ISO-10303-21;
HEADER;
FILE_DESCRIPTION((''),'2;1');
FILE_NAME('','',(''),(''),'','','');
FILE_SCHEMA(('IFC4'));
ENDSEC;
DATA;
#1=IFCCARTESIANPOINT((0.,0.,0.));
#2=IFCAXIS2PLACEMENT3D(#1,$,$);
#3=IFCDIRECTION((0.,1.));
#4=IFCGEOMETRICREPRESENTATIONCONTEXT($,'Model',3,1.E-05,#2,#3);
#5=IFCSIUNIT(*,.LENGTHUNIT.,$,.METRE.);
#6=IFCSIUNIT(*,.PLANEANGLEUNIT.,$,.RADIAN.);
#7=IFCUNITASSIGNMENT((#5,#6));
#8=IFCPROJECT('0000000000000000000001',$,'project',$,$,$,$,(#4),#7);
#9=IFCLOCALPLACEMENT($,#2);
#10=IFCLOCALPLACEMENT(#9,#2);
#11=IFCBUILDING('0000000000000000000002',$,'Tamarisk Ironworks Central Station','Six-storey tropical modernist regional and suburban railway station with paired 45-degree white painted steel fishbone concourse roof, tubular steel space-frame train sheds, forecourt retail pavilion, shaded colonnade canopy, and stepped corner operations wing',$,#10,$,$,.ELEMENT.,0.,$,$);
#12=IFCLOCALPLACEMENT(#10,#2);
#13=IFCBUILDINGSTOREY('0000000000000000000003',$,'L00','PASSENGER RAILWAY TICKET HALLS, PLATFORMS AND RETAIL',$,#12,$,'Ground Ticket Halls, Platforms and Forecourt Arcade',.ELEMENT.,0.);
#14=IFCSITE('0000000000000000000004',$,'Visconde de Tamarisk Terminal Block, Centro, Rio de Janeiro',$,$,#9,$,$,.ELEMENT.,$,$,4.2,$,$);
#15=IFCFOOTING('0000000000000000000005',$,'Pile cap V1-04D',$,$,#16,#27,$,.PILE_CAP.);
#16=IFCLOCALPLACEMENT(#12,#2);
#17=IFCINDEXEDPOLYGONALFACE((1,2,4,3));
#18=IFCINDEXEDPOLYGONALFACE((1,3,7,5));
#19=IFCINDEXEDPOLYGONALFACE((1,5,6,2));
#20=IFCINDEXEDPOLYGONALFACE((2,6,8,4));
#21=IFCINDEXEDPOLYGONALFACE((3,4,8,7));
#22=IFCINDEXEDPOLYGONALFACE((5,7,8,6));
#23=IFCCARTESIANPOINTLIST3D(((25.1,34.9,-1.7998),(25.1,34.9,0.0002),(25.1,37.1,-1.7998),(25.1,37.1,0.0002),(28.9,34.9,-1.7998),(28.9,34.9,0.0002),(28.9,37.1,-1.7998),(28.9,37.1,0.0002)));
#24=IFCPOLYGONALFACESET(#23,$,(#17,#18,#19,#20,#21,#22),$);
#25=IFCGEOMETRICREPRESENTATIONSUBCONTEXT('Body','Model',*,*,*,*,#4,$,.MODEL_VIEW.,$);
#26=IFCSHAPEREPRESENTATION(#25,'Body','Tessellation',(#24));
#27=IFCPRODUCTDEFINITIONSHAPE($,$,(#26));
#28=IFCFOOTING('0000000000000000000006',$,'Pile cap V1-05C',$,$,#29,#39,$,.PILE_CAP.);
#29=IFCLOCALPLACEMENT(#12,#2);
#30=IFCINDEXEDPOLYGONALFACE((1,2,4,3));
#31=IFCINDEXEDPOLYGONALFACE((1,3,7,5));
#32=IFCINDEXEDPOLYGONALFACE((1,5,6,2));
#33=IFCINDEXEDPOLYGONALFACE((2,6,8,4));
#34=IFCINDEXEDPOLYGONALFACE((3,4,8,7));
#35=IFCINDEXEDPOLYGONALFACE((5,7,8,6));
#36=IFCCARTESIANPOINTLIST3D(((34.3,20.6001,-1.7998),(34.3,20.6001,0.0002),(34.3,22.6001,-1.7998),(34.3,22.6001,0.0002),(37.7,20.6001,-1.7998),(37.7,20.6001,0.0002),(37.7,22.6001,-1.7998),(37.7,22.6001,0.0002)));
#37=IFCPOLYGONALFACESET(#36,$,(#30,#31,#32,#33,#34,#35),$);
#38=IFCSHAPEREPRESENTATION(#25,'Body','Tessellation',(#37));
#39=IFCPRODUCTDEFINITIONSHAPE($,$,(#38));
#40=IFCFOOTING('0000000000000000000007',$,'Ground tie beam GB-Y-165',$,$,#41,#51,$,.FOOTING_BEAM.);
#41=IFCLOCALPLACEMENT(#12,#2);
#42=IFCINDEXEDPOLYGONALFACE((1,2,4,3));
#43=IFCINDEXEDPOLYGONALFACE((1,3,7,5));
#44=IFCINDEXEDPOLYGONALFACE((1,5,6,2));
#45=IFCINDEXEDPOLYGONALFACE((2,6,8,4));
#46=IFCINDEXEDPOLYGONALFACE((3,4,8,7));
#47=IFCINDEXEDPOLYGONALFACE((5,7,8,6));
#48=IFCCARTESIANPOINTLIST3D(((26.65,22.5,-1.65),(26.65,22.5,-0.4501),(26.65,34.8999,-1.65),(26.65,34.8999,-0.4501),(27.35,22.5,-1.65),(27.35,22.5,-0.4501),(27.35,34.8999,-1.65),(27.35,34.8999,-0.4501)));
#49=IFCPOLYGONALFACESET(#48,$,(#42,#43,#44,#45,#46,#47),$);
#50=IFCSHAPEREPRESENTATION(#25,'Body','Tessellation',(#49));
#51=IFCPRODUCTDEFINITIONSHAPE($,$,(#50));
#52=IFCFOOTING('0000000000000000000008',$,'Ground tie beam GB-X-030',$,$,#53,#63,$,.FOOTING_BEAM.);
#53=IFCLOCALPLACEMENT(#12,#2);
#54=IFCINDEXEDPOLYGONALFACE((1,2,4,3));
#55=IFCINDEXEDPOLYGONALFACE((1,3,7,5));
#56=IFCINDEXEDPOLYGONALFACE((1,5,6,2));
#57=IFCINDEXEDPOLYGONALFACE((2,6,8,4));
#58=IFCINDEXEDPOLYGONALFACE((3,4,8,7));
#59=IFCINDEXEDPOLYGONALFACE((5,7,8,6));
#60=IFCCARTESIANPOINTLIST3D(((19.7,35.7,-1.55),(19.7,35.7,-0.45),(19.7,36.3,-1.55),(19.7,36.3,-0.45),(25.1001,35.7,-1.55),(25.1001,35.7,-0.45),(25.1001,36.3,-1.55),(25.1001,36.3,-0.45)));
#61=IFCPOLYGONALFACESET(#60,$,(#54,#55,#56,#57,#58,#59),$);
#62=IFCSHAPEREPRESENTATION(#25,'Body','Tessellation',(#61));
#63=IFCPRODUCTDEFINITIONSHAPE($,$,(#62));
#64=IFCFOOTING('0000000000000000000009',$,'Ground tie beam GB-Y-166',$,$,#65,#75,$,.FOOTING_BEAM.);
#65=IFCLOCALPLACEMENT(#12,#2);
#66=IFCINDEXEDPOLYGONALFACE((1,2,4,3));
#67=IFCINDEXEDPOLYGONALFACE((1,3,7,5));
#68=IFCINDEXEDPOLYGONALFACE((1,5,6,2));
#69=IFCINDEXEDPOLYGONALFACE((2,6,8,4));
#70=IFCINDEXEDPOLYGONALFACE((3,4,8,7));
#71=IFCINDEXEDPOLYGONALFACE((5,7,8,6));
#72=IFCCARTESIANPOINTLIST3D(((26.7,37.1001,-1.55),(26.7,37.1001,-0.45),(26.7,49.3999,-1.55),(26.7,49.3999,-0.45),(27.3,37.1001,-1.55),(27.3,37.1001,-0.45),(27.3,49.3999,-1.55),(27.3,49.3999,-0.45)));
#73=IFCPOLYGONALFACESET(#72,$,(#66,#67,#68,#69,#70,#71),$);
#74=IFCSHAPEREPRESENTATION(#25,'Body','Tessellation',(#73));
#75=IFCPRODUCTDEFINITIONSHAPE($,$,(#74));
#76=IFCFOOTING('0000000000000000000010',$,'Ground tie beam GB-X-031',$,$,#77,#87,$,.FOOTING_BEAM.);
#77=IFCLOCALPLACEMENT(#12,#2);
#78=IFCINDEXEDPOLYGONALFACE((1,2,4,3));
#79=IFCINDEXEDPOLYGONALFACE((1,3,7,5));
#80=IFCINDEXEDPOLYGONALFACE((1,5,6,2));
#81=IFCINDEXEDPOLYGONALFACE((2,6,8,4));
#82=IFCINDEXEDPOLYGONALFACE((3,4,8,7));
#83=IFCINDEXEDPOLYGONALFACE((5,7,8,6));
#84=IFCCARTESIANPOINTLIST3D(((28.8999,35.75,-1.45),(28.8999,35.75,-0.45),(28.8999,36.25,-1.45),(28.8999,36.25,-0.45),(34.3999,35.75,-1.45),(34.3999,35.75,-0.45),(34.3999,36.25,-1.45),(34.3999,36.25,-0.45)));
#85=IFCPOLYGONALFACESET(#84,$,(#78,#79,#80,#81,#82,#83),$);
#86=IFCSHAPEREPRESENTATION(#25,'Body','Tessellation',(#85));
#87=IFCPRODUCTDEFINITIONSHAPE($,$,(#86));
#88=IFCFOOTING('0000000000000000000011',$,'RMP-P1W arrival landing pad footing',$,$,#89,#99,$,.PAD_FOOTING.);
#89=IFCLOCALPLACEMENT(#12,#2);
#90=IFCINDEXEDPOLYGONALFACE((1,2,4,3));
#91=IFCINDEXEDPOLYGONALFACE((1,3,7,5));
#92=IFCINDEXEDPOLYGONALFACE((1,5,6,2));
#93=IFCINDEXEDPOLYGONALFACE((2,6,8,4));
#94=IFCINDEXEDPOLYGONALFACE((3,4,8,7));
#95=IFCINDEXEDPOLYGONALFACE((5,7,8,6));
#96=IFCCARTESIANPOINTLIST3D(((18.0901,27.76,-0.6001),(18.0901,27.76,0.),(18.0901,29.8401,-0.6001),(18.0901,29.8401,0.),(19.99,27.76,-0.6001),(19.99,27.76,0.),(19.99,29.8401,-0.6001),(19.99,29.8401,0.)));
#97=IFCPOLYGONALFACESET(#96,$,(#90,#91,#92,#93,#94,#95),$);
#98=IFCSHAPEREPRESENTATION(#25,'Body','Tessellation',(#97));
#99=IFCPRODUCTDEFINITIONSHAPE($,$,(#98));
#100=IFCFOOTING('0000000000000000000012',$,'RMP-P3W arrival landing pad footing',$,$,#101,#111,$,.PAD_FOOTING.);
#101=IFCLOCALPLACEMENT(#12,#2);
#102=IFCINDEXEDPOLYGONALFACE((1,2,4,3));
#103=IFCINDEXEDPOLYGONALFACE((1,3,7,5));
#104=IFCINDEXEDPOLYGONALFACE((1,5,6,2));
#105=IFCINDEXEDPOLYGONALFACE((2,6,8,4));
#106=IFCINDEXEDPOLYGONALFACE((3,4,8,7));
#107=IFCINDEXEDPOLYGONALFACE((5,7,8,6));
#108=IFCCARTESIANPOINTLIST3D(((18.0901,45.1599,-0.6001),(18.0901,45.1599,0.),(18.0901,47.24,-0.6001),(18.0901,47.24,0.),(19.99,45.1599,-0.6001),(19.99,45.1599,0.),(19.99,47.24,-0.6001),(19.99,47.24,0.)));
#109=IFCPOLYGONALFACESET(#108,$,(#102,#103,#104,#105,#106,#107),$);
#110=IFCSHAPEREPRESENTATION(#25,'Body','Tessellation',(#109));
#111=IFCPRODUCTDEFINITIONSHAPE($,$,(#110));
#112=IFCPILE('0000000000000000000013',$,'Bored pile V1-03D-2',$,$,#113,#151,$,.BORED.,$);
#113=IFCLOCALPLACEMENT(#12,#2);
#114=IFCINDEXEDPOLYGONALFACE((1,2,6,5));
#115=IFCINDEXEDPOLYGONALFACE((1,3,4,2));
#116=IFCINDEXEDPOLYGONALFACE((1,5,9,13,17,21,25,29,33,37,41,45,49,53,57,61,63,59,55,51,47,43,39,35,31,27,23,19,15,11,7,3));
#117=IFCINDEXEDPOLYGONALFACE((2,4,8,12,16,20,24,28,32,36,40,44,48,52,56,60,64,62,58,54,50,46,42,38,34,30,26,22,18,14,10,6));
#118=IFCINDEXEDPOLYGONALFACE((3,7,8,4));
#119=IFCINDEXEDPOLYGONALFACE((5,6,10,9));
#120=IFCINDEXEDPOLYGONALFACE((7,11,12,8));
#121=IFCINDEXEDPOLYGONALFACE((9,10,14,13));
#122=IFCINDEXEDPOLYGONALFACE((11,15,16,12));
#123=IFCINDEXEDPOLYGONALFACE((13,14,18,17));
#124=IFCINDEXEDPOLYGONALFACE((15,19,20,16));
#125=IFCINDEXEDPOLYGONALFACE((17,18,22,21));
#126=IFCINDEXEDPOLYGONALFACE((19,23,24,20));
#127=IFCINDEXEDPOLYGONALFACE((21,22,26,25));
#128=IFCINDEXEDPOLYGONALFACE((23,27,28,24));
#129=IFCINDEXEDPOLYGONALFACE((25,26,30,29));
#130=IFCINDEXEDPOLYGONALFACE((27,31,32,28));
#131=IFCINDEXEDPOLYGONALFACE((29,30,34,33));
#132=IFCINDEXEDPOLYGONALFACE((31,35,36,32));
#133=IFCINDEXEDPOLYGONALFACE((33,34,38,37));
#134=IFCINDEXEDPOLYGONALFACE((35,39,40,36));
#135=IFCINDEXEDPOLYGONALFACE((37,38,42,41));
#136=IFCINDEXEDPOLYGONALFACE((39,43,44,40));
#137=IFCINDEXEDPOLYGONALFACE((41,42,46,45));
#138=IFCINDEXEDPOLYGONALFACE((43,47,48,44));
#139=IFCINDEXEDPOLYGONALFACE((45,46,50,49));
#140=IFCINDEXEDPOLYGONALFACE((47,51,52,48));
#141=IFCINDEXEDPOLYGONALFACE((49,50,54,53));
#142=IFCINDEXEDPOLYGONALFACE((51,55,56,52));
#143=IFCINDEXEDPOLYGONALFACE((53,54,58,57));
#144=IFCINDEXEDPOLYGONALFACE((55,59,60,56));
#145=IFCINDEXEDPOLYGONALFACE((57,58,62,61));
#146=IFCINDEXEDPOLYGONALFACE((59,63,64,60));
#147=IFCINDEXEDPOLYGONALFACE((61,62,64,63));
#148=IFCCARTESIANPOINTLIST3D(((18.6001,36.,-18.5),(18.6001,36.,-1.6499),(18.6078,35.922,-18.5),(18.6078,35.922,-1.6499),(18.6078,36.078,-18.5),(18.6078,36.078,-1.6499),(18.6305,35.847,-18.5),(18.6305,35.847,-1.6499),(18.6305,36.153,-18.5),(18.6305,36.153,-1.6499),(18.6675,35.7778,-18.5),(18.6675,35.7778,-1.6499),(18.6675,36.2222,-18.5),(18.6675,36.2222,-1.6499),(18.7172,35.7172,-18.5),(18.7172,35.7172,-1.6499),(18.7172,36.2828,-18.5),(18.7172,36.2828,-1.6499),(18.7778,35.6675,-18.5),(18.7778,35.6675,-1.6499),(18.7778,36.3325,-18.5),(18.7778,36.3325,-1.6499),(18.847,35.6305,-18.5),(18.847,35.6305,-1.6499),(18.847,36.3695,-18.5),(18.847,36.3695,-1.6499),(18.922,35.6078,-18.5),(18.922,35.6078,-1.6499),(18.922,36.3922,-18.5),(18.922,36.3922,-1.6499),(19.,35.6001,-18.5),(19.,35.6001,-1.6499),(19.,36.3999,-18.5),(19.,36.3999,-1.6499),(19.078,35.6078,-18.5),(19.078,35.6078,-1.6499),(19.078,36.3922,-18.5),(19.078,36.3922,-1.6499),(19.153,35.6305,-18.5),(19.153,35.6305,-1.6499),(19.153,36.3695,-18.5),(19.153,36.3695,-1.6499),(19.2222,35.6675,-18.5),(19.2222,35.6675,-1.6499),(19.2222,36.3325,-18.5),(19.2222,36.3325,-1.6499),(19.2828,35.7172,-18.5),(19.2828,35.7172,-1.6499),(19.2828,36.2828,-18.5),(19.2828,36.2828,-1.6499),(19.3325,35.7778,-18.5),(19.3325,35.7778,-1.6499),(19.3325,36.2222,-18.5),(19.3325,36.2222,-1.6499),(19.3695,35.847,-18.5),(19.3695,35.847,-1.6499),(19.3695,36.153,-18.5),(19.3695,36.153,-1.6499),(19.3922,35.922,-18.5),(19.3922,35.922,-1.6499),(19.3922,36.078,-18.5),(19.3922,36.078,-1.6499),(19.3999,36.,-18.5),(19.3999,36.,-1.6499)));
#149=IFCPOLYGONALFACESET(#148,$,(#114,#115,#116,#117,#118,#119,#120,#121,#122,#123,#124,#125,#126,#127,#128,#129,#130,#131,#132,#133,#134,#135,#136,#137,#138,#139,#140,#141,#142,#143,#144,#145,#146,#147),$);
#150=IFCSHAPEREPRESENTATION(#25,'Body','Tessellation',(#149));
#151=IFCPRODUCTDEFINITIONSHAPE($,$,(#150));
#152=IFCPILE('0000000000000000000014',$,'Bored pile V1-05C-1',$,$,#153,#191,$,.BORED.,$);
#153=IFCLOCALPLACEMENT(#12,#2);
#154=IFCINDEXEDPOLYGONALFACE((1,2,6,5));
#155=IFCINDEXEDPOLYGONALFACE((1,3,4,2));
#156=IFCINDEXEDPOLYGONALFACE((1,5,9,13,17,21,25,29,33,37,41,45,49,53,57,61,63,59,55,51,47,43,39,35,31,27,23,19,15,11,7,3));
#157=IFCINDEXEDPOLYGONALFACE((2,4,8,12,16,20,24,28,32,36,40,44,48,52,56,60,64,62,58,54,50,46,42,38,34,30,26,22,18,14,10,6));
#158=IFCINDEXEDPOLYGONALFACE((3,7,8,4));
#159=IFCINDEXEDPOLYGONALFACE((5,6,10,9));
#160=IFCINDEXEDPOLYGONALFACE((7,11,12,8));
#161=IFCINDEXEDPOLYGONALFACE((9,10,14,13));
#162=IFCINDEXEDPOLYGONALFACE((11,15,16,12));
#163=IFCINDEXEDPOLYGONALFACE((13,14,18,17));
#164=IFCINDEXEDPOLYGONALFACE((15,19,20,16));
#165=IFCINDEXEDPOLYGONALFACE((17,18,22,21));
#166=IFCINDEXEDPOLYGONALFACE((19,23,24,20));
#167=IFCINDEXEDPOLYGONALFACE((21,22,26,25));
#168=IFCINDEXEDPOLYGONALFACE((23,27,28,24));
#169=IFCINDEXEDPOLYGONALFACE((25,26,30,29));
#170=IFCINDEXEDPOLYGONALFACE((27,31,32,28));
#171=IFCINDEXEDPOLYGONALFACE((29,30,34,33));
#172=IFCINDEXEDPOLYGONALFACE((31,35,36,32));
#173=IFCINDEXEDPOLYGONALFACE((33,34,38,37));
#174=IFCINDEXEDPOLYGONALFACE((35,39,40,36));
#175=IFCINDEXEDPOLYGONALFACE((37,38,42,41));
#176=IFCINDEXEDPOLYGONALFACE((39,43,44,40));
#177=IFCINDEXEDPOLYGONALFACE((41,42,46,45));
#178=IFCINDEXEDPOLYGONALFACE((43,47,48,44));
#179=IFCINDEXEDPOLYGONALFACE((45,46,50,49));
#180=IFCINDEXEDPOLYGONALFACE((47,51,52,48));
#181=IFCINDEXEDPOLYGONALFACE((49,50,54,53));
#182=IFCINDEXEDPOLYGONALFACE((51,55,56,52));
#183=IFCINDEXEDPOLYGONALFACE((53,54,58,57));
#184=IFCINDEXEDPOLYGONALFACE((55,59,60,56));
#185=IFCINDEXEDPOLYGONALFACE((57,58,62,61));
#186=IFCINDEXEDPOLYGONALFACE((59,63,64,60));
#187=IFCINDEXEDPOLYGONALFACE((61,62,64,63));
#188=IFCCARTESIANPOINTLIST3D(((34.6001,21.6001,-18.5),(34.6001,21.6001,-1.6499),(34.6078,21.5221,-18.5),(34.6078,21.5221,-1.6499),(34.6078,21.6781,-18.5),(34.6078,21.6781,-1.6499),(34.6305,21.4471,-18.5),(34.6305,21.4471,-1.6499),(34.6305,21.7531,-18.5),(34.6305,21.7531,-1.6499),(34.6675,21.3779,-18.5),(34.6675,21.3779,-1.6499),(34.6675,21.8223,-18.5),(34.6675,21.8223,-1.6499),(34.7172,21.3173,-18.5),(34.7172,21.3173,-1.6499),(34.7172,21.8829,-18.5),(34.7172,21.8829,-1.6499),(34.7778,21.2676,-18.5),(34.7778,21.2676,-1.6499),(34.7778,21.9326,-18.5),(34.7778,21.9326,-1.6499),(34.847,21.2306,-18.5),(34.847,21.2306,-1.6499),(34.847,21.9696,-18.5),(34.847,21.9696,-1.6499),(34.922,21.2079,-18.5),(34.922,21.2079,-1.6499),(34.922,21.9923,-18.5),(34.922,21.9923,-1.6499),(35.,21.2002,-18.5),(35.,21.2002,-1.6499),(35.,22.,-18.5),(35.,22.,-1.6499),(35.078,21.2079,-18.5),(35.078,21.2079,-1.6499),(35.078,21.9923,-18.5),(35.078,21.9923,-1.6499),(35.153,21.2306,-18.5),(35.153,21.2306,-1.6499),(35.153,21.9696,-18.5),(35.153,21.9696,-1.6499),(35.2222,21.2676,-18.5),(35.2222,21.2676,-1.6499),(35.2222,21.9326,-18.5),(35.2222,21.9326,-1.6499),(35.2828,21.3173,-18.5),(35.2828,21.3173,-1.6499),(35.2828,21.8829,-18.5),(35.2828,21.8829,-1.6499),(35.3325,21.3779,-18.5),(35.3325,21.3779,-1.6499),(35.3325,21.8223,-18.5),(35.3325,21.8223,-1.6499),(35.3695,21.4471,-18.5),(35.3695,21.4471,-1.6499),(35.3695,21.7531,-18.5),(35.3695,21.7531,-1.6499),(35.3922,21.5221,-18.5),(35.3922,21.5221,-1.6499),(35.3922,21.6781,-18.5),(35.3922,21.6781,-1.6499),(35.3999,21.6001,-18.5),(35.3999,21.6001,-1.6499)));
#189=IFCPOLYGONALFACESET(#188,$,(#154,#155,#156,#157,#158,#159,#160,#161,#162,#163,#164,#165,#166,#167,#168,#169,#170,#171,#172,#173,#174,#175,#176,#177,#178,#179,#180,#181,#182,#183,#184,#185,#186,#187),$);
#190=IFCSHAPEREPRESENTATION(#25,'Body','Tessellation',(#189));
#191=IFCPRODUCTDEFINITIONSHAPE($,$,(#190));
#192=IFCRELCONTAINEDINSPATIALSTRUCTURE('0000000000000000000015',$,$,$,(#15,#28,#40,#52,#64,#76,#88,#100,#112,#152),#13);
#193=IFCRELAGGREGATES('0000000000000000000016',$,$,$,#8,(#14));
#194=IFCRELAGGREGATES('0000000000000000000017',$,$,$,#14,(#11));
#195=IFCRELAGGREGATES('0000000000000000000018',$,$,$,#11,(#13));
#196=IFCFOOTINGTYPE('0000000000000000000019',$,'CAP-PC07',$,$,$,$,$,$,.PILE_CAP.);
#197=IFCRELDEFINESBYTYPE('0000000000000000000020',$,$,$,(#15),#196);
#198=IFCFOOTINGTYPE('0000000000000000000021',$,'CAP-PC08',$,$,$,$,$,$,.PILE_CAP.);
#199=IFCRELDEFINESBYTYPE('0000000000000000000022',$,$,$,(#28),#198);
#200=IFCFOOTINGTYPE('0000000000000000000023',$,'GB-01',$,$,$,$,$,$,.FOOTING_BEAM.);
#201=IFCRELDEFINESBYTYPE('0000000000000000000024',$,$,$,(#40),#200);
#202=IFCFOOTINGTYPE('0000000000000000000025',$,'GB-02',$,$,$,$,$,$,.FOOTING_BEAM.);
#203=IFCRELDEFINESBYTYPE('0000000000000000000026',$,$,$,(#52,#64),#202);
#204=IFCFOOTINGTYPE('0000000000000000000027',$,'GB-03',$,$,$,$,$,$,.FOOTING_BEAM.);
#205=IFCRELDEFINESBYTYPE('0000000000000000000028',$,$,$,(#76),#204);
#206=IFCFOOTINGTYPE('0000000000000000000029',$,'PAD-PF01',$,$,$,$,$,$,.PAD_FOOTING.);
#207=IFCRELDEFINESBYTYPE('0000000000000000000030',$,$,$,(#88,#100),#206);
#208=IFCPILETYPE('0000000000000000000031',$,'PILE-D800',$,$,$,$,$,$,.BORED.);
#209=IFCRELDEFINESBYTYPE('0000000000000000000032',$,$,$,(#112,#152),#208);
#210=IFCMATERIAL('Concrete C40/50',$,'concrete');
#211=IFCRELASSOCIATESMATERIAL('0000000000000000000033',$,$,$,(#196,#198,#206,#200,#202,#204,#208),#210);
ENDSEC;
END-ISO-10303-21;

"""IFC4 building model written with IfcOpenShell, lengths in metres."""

from ifc_helpers import new_model, si_unit, direction, frame, origin, origin_2d, place, context, subcontext, project, spatial, rectangle, circle, extrude, material, material_profile, profile_set, type_object, element, save


model = new_model("IFC4")

# Units and contexts
model_context = context("Model", 3, precision=1e-05, world=origin(), true_north=direction((0.0, 1.0)))
body_context = subcontext(model_context, "Body", "Model", "MODEL_VIEW")
ifc_project = project(units=[si_unit("LENGTHUNIT", "METRE"), si_unit("PLANEANGLEUNIT", "RADIAN")], contexts=[model_context])

# Site, building, storey
site_placement = place(None, origin())
site = spatial("IfcSite", under=ifc_project, at=site_placement, Name="Visconde de Tamarisk Terminal Block, Centro, Rio de Janeiro", CompositionType="ELEMENT", RefElevation=4.2)
building_placement = place(site_placement, origin())
building = spatial("IfcBuilding", under=site, at=building_placement, Name="Tamarisk Ironworks Central Station", Description="Six-storey tropical modernist regional and suburban railway station with paired 45-degree white painted steel fishbone concourse roof, tubular steel space-frame train sheds, forecourt retail pavilion, shaded colonnade canopy, and stepped corner operations wing", CompositionType="ELEMENT", ElevationOfRefHeight=0.0)
storey_placement = place(building_placement, origin())
storey = spatial("IfcBuildingStorey", under=building, at=storey_placement, Name="L00", Description="PASSENGER RAILWAY TICKET HALLS, PLATFORMS AND RETAIL", LongName="Ground Ticket Halls, Platforms and Forecourt Arcade", CompositionType="ELEMENT", Elevation=0.0)

# Footings
ifc_material_1 = material(Name="Concrete C40/50", Category="concrete")
footing_type_1 = type_object("IfcFootingType", Name="CAP-PC07", PredefinedType="PILE_CAP", material=ifc_material_1)
footing_1_placement = place(storey_placement, frame((27.0, 36.0, -1.7998), z_axis=(0.0, 0.0, 1.0), x_axis=(1.0, 0.0, 0.0)))
element("IfcFooting", 1, at=footing_1_placement, inside=storey, type_object=footing_type_1, Name="Pile cap V1-04D", PredefinedType="PILE_CAP", context=body_context, shape_type="SweptSolid", body=[
    extrude(rectangle(XDim=3.8, YDim=2.2, at=origin_2d()), origin(), (0.0, 0.0, 1.0), 1.8),
])
footing_type_2 = type_object("IfcFootingType", Name="CAP-PC08", PredefinedType="PILE_CAP", material=ifc_material_1)
footing_2_placement = place(storey_placement, frame((36.0, 21.6001, -1.7998), z_axis=(0.0, 0.0, 1.0), x_axis=(1.0, 0.0, 0.0)))
element("IfcFooting", 2, at=footing_2_placement, inside=storey, type_object=footing_type_2, Name="Pile cap V1-05C", PredefinedType="PILE_CAP", context=body_context, shape_type="SweptSolid", body=[
    extrude(rectangle(XDim=3.3999, YDim=2.0, at=origin_2d()), origin(), (0.0, 0.0, 1.0), 1.8),
])
ifc_material_profile_1 = material_profile(ifc_material_1, rectangle(XDim=0.7, YDim=1.2, at=origin_2d()), Name="GB01 700x1200")
ifc_profile_set_1 = profile_set([ifc_material_profile_1], Name="Concrete C40/50")
footing_type_3 = type_object("IfcFootingType", Name="GB-01", PredefinedType="FOOTING_BEAM", material=ifc_profile_set_1)
footing_3_placement = place(storey_placement, frame((27.0, 22.5, -1.05), z_axis=(0.0, 1.0, 0.0), x_axis=(-1.0, 0.0, 0.0)))
element("IfcFooting", 3, at=footing_3_placement, inside=storey, type_object=footing_type_3, Name="Ground tie beam GB-Y-165", PredefinedType="FOOTING_BEAM", context=body_context, shape_type="SweptSolid", body=[
    extrude(rectangle(XDim=0.7, YDim=1.2, at=origin_2d()), origin(), (0.0, 0.0, 1.0), 12.3999),
])
ifc_material_profile_2 = material_profile(ifc_material_1, rectangle(XDim=0.6001, YDim=1.1001, at=origin_2d()), Name="GB02 600x1100")
ifc_profile_set_2 = profile_set([ifc_material_profile_2], Name="Concrete C40/50")
footing_type_4 = type_object("IfcFootingType", Name="GB-02", PredefinedType="FOOTING_BEAM", material=ifc_profile_set_2)
footing_4_placement = place(storey_placement, frame((19.7, 36.0, -1.0), z_axis=(1.0, 0.0, 0.0), x_axis=(0.0, 1.0, 0.0)))
element("IfcFooting", 4, at=footing_4_placement, inside=storey, type_object=footing_type_4, Name="Ground tie beam GB-X-030", PredefinedType="FOOTING_BEAM", context=body_context, shape_type="SweptSolid", body=[
    extrude(rectangle(XDim=0.6001, YDim=1.1001, at=origin_2d()), origin(), (0.0, 0.0, 1.0), 5.4001),
])
footing_5_placement = place(storey_placement, frame((27.0, 37.1001, -1.0), z_axis=(0.0, 1.0, 0.0), x_axis=(-1.0, 0.0, 0.0)))
element("IfcFooting", 5, at=footing_5_placement, inside=storey, type_object=footing_type_4, Name="Ground tie beam GB-Y-166", PredefinedType="FOOTING_BEAM", context=body_context, shape_type="SweptSolid", body=[
    extrude(rectangle(XDim=0.6001, YDim=1.1001, at=origin_2d()), origin(), (0.0, 0.0, 1.0), 12.2998),
])
ifc_material_profile_3 = material_profile(ifc_material_1, rectangle(XDim=0.5, YDim=1.0, at=origin_2d()), Name="GB03 500x1000")
ifc_profile_set_3 = profile_set([ifc_material_profile_3], Name="Concrete C40/50")
footing_type_5 = type_object("IfcFootingType", Name="GB-03", PredefinedType="FOOTING_BEAM", material=ifc_profile_set_3)
footing_6_placement = place(storey_placement, frame((28.8999, 36.0, -0.95), z_axis=(1.0, 0.0, 0.0), x_axis=(0.0, 1.0, 0.0)))
element("IfcFooting", 6, at=footing_6_placement, inside=storey, type_object=footing_type_5, Name="Ground tie beam GB-X-031", PredefinedType="FOOTING_BEAM", context=body_context, shape_type="SweptSolid", body=[
    extrude(rectangle(XDim=0.5, YDim=1.0, at=origin_2d()), origin(), (0.0, 0.0, 1.0), 5.5),
])
footing_type_6 = type_object("IfcFootingType", Name="PAD-PF01", PredefinedType="PAD_FOOTING", material=ifc_material_1)
for number, where, z_axis, x_axis, name in (
    (7, (19.04, 28.8, -0.6001), (0.0, 0.0, 1.0), (1.0, 0.0, 0.0), "RMP-P1W arrival landing pad footing"),
    (8, (19.04, 46.2, -0.6001), (0.0, 0.0, 1.0), (1.0, 0.0, 0.0), "RMP-P3W arrival landing pad footing"),
):
    element("IfcFooting", number, at=place(storey_placement, frame(where, z_axis=z_axis, x_axis=x_axis)), inside=storey, type_object=footing_type_6, Name=name, PredefinedType="PAD_FOOTING", context=body_context, shape_type="SweptSolid", body=[
        extrude(rectangle(XDim=1.8999, YDim=2.0801, at=origin_2d()), origin(), (0.0, 0.0, 1.0), 0.6001),
    ])

# Piles
ifc_material_profile_4 = material_profile(ifc_material_1, circle(Radius=0.3999, at=origin_2d()), Name="BORED PILE D800")
ifc_profile_set_4 = profile_set([ifc_material_profile_4], Name="Concrete C40/50")
pile_type_1 = type_object("IfcPileType", Name="PILE-D800", PredefinedType="BORED", material=ifc_profile_set_4)
for number, where, z_axis, x_axis, name in (
    (9, (19.0, 36.0, -1.6499), (0.0, 0.0, -1.0), (1.0, 0.0, 0.0), "Bored pile V1-03D-2"),
    (10, (35.0, 21.6001, -1.6499), (0.0, 0.0, -1.0), (1.0, 0.0, 0.0), "Bored pile V1-05C-1"),
):
    element("IfcPile", number, at=place(storey_placement, frame(where, z_axis=z_axis, x_axis=x_axis)), inside=storey, type_object=pile_type_1, Name=name, PredefinedType="BORED", context=body_context, shape_type="SweptSolid", body=[
        extrude(circle(Radius=0.3999, at=origin_2d()), origin(), (0.0, 0.0, 1.0), 16.8501),
    ])

save(model, "model.ifc")
